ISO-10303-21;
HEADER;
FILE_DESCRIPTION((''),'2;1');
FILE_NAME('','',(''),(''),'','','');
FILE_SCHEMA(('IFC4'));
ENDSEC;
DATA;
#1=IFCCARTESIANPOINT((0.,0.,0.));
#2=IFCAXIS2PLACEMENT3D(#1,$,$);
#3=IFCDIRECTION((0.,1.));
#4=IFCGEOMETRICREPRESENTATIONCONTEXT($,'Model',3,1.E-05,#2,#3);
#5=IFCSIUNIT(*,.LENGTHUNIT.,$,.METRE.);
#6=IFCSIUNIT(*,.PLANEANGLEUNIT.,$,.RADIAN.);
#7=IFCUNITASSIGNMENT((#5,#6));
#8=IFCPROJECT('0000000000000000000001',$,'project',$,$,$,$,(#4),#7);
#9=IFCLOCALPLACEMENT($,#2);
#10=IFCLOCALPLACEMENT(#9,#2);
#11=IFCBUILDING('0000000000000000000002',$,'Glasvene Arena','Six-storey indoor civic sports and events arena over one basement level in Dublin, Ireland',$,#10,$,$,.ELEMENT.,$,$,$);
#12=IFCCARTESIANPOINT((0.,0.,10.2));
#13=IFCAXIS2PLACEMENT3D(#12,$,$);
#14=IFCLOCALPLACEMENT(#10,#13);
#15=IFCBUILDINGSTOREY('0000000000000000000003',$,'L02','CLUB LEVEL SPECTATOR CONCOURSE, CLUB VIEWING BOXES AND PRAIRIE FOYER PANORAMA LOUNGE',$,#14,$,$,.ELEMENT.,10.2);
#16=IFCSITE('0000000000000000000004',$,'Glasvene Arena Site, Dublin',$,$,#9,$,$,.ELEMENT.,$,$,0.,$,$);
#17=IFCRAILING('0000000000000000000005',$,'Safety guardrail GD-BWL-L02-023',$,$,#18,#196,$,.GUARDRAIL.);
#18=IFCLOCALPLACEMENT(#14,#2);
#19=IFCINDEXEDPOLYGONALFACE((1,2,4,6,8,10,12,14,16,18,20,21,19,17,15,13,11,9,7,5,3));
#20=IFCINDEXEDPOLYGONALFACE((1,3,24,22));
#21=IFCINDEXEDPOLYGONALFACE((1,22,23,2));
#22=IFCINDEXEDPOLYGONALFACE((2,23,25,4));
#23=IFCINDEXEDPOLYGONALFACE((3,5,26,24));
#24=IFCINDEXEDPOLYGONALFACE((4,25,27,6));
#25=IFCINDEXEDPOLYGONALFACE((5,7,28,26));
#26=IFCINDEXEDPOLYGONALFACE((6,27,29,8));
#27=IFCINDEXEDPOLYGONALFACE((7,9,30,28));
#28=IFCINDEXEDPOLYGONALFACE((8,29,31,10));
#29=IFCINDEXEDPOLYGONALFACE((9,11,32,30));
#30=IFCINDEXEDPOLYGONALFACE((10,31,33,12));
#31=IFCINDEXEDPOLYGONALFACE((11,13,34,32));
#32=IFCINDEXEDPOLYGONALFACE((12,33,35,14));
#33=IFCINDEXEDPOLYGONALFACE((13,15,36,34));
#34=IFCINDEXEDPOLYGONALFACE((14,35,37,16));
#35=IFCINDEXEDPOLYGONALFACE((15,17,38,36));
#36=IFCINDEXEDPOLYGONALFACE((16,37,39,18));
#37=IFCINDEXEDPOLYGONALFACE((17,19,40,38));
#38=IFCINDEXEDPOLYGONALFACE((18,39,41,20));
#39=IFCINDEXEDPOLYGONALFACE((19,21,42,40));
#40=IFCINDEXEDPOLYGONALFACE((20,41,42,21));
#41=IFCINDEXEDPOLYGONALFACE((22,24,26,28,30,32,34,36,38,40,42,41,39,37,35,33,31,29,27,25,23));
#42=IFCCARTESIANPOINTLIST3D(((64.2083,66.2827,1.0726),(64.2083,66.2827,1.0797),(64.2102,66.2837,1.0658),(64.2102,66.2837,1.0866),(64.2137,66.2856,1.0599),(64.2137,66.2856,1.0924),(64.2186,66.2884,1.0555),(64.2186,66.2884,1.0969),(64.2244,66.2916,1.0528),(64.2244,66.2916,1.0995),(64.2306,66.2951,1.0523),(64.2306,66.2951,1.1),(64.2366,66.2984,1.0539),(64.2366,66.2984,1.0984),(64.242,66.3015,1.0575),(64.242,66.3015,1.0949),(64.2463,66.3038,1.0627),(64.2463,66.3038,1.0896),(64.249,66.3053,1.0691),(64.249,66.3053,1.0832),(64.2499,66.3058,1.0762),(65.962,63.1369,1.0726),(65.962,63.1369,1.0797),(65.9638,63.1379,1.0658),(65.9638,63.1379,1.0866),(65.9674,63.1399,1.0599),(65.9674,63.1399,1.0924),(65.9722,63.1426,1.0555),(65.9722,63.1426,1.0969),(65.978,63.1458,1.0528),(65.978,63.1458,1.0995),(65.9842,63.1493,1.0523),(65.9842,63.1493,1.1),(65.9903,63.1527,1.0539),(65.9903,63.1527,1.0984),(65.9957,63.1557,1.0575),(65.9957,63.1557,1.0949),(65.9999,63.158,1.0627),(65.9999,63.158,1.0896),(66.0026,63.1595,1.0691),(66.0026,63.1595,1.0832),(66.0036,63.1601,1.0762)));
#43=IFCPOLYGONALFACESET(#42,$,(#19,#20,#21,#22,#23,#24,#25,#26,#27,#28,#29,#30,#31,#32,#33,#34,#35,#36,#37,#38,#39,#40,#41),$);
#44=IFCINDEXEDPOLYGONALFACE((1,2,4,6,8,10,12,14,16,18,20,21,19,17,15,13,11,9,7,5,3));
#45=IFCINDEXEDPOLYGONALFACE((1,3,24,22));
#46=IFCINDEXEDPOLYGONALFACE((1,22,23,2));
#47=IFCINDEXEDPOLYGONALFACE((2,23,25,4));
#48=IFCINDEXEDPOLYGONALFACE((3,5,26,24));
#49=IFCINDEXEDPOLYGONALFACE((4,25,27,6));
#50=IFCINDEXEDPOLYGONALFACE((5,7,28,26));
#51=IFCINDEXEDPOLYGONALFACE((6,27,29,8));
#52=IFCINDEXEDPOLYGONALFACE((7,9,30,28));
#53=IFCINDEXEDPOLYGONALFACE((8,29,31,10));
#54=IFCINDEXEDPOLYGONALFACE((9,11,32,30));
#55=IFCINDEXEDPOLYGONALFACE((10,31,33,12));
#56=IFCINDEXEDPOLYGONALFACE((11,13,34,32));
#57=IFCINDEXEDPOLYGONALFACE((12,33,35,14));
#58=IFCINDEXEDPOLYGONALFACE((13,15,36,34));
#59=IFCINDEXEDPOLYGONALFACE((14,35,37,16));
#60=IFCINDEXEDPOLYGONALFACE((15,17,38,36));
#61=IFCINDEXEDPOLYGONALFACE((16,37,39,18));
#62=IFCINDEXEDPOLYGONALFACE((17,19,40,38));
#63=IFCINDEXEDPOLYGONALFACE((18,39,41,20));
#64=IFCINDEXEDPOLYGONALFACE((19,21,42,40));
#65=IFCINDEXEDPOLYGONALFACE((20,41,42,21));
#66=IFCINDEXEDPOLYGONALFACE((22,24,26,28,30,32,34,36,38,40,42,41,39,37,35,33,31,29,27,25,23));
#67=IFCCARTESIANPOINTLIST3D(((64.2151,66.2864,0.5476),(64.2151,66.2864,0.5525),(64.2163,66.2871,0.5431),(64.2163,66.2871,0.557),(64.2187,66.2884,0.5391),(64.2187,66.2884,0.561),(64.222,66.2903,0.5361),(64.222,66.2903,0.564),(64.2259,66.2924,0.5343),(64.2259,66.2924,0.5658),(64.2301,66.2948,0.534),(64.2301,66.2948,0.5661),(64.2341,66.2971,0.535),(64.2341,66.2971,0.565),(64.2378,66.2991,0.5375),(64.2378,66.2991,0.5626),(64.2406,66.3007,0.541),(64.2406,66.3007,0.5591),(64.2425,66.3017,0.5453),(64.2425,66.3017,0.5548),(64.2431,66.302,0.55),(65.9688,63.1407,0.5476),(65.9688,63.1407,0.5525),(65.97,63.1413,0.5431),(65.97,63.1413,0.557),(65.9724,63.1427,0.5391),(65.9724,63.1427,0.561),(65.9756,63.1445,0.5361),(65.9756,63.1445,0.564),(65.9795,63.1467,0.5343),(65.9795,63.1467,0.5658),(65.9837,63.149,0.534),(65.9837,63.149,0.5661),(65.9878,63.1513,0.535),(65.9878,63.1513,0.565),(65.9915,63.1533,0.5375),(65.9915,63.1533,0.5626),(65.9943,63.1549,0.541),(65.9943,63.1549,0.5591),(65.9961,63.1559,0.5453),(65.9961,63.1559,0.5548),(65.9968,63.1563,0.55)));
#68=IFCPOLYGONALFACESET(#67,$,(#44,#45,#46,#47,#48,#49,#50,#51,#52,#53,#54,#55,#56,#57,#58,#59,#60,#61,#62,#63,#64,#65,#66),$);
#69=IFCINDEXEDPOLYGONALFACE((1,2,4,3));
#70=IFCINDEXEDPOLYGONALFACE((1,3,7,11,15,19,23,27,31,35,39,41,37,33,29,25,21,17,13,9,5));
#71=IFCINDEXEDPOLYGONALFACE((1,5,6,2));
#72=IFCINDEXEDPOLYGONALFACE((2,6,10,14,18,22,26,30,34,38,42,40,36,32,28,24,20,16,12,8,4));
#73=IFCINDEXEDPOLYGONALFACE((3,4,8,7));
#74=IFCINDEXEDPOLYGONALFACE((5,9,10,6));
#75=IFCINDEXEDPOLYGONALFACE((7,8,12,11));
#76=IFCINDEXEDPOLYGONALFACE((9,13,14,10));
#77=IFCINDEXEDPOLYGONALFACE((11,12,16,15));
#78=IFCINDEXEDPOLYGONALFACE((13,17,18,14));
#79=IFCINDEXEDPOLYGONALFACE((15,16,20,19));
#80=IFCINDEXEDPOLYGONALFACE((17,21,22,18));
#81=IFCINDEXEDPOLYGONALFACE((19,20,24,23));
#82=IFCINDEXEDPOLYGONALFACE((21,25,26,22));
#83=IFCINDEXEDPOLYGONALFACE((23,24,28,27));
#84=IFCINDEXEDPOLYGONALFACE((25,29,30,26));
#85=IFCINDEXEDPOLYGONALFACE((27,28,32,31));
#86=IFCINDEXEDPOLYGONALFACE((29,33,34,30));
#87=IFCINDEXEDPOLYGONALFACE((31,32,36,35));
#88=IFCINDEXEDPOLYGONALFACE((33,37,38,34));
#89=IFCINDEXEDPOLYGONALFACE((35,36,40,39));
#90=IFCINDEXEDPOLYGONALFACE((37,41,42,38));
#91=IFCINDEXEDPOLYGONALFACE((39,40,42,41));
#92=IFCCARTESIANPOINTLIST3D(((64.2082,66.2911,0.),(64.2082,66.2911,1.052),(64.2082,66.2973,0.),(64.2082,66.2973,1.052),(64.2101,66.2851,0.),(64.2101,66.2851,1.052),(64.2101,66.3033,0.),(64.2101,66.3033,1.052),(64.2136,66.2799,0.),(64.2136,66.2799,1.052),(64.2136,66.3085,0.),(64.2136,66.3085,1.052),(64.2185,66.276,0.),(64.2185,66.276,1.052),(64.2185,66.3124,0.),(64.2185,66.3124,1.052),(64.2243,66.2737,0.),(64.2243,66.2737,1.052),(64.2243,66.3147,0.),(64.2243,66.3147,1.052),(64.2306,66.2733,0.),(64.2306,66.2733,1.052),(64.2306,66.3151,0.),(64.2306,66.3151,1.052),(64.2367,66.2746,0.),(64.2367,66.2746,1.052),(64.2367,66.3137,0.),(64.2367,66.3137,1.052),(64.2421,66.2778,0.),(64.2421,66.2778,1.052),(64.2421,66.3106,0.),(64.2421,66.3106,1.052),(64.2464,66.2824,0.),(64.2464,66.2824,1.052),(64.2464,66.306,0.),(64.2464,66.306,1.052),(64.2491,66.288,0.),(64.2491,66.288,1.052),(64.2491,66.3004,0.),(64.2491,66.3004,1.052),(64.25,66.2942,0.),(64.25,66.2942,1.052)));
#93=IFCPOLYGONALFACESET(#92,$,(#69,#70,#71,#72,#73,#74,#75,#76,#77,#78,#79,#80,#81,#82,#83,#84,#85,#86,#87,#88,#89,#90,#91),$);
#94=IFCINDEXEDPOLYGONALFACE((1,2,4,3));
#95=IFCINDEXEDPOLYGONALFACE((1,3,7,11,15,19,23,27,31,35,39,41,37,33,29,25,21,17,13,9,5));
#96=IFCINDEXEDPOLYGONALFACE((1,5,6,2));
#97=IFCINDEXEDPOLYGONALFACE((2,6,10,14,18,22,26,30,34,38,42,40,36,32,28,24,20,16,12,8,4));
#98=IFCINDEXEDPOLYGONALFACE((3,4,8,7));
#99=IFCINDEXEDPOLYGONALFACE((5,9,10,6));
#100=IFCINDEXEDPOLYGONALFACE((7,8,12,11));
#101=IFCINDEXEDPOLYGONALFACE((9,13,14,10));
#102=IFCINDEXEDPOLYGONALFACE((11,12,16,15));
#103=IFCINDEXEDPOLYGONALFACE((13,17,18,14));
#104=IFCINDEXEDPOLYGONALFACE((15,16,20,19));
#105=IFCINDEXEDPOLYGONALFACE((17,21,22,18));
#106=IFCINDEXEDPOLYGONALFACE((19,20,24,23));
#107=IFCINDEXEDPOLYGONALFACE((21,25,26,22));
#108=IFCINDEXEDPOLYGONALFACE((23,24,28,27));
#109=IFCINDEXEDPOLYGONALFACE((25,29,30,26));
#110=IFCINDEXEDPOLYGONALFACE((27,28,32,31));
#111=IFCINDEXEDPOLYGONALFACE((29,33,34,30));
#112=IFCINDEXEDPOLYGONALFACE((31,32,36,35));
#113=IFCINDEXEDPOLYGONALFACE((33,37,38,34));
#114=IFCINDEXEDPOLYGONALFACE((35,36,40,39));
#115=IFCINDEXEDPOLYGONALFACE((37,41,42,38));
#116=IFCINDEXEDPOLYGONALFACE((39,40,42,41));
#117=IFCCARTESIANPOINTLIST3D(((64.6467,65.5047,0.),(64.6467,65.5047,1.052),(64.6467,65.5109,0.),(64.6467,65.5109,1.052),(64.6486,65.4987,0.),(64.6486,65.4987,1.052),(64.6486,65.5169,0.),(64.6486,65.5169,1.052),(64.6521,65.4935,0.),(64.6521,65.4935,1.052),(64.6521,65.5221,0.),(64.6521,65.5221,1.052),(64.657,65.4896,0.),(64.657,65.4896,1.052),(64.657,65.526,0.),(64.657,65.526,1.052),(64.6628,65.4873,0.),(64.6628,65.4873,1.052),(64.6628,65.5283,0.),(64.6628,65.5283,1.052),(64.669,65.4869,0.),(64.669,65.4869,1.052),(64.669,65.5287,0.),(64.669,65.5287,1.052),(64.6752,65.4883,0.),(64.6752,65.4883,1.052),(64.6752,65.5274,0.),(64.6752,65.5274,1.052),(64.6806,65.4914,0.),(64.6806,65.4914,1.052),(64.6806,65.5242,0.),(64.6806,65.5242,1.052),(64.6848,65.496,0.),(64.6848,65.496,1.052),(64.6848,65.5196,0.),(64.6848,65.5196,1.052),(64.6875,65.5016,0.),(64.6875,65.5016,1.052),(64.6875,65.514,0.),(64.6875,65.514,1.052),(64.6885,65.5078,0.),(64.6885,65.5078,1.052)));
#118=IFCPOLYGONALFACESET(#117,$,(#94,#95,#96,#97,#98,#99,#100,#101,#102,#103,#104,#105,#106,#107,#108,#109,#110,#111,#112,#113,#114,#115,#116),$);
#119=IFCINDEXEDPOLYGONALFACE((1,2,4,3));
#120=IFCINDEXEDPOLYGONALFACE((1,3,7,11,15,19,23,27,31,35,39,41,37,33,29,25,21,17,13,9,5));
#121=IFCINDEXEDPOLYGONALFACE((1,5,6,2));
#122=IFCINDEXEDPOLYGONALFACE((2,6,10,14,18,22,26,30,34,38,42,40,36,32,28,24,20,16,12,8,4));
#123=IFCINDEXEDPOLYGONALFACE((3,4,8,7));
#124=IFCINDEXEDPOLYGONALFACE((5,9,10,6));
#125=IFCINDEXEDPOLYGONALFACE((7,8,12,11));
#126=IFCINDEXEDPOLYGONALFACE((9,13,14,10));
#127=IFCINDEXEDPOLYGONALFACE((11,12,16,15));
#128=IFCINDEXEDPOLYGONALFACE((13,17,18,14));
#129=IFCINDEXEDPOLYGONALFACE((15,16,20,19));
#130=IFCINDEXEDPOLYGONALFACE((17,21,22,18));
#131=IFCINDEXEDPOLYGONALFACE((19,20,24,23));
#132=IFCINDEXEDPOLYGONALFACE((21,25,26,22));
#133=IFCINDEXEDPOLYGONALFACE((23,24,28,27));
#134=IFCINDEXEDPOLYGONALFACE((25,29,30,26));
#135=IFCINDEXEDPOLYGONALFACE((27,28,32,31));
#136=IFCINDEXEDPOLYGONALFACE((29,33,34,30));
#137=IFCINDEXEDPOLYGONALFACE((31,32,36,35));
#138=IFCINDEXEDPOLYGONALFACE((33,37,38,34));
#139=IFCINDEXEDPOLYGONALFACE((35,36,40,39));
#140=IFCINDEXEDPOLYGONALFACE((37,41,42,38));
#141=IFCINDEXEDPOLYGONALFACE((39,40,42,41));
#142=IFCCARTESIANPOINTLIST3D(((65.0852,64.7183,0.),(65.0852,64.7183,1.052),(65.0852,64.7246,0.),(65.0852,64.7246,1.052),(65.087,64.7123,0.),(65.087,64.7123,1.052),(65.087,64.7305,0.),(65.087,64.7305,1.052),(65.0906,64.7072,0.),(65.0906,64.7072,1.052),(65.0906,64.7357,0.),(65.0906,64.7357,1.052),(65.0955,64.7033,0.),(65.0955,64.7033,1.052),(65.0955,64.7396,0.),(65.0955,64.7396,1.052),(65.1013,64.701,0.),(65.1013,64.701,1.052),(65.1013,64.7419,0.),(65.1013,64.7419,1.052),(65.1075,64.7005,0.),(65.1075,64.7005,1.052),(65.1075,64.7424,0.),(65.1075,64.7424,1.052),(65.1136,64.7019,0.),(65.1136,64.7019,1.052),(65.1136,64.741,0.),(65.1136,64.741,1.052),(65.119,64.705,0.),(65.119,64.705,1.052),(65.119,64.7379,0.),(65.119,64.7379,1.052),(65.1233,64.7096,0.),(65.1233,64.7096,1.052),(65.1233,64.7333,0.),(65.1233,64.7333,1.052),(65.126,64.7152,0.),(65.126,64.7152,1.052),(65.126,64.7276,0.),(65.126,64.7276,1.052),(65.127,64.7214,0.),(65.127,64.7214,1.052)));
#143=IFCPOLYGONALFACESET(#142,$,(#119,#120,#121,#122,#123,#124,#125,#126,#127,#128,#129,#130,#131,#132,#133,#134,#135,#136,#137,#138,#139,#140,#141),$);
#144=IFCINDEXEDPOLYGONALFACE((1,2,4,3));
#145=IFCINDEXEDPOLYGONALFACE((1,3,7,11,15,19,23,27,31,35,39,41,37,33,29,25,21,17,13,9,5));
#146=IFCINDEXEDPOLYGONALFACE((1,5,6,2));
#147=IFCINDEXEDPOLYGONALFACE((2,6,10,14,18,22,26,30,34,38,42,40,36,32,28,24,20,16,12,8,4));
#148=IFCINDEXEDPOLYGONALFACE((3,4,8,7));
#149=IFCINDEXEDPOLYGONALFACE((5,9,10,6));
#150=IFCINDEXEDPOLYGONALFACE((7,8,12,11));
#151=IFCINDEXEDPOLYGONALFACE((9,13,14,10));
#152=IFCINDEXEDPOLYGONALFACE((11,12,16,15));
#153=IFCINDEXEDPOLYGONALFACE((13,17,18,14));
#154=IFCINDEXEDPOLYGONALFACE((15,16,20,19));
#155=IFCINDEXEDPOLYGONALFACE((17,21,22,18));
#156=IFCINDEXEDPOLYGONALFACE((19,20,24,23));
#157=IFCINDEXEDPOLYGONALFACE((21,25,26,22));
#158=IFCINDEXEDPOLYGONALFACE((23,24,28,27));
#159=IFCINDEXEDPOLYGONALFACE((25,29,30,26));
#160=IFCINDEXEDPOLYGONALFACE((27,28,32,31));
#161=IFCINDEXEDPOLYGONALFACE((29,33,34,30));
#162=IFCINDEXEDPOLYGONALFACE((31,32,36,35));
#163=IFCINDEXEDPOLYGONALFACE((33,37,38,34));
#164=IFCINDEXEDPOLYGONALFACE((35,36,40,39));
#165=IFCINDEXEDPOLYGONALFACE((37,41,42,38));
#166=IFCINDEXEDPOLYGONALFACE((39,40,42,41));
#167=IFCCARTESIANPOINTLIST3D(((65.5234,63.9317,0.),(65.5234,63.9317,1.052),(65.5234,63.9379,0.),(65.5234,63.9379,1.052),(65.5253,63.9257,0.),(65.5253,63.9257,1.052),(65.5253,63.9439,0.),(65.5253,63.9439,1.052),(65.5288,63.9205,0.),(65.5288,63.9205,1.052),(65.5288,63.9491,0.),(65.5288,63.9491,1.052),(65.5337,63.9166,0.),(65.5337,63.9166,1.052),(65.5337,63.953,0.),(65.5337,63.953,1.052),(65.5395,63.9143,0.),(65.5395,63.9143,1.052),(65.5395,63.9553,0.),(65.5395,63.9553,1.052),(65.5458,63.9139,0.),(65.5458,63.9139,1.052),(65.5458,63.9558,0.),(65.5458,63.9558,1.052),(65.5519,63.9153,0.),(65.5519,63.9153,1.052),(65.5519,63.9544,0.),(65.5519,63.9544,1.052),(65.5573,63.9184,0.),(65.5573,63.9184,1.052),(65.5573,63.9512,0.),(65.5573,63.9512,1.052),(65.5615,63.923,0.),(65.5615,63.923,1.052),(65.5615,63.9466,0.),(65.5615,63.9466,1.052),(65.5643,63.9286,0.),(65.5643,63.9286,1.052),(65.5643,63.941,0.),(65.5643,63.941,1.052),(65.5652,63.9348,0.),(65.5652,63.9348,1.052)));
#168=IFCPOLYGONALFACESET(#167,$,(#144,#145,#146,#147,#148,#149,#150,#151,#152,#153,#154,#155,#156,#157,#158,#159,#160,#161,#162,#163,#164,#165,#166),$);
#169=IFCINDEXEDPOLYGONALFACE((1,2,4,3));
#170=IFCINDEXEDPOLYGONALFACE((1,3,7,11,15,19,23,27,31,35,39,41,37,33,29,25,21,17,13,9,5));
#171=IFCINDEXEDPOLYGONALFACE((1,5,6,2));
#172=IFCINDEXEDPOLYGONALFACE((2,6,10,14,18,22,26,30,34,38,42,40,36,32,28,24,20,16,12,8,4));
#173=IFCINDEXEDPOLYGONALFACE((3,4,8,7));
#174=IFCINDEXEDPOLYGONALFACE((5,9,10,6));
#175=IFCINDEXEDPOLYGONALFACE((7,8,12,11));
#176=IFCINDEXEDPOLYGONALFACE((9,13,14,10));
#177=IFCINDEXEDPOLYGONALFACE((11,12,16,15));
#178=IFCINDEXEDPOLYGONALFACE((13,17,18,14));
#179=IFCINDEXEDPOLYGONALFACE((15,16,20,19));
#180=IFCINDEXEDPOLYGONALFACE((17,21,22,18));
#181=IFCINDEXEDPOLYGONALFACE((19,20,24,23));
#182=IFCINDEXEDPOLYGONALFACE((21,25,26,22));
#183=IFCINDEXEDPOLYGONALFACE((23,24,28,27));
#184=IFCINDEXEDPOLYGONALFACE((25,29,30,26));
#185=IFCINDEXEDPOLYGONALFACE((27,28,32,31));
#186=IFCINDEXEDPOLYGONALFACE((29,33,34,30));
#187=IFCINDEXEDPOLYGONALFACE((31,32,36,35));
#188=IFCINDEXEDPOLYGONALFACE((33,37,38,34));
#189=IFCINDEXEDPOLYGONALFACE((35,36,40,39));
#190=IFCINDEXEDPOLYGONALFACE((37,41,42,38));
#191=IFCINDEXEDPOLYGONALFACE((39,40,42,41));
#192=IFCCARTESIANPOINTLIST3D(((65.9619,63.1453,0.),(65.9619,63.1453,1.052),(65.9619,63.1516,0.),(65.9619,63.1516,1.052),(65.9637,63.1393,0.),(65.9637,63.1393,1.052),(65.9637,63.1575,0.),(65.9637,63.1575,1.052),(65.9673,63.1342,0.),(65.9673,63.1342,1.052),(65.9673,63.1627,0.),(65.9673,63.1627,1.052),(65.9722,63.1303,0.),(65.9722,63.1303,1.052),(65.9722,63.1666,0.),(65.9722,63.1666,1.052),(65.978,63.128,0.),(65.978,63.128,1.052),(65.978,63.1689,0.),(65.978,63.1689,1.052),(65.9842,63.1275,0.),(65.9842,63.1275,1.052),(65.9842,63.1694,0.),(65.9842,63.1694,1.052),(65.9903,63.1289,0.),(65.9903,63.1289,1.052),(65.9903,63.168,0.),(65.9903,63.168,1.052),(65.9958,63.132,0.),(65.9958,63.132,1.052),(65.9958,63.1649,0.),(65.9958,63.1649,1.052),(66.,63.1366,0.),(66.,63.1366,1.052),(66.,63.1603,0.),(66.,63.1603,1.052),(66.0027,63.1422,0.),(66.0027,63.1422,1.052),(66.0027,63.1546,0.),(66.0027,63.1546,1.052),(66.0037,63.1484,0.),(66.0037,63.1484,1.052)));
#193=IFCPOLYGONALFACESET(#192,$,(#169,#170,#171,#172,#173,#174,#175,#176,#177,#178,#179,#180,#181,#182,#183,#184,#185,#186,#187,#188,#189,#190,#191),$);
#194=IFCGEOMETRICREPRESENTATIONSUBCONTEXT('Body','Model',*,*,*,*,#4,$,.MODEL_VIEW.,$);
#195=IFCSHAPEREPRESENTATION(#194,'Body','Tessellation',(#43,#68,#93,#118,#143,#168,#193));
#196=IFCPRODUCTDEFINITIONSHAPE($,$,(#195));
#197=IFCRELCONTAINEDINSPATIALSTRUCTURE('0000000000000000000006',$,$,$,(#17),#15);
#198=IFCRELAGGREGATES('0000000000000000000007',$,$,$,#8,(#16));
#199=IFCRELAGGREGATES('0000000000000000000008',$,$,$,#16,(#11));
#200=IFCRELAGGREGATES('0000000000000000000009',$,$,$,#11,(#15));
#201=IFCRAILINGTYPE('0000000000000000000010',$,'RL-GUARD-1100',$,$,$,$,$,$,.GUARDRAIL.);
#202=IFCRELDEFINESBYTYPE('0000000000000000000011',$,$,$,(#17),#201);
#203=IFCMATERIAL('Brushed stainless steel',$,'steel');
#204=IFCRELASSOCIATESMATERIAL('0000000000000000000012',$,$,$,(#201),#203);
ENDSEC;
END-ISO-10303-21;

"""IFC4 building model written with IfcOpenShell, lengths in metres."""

from ifc_helpers import new_model, si_unit, direction, frame, origin, origin_2d, place, context, subcontext, project, spatial, circle, extrude, material, type_object, element, save


model = new_model("IFC4")

# Units and contexts
model_context = context("Model", 3, precision=1e-05, world=origin(), true_north=direction((0.0, 1.0)))
body_context = subcontext(model_context, "Body", "Model", "MODEL_VIEW")
ifc_project = project(units=[si_unit("LENGTHUNIT", "METRE"), si_unit("PLANEANGLEUNIT", "RADIAN")], contexts=[model_context])

# Site, building, storey
site_placement = place(None, origin())
site = spatial("IfcSite", under=ifc_project, at=site_placement, Name="Glasvene Arena Site, Dublin", CompositionType="ELEMENT", RefElevation=0.0)
building_placement = place(site_placement, origin())
building = spatial("IfcBuilding", under=site, at=building_placement, Name="Glasvene Arena", Description="Six-storey indoor civic sports and events arena over one basement level in Dublin, Ireland", CompositionType="ELEMENT")
storey_placement = place(building_placement, frame((0.0, 0.0, 10.2)))
storey = spatial("IfcBuildingStorey", under=building, at=storey_placement, Name="L02", Description="CLUB LEVEL SPECTATOR CONCOURSE, CLUB VIEWING BOXES AND PRAIRIE FOYER PANORAMA LOUNGE", CompositionType="ELEMENT", Elevation=10.2)

# Railing
ifc_material_1 = material(Name="Brushed stainless steel", Category="steel")
railing_type = type_object("IfcRailingType", Name="RL-GUARD-1100", PredefinedType="GUARDRAIL", material=ifc_material_1)
railing_1_placement = place(storey_placement, frame((64.229, 66.2942, 0.0)))
element("IfcRailing", 1, at=railing_1_placement, inside=storey, type_object=railing_type, Name="Safety guardrail GD-BWL-L02-023", PredefinedType="GUARDRAIL", context=body_context, shape_type="SweptSolid", body=[
    extrude(circle(Radius=0.0239, at=origin_2d()), frame((0.0, 0.0, 1.0762), z_axis=(0.48692, -0.873446, 0.0), x_axis=(0.873446, 0.48692, 0.0)), (0.0, 0.0, 1.0), 3.6016),
    extrude(circle(Radius=0.0161, at=origin_2d()), frame((0.0, 0.0, 0.55), z_axis=(0.48692, -0.873446, 0.0), x_axis=(0.873446, 0.48692, 0.0)), (0.0, 0.0, 1.0), 3.6016),
    extrude(circle(Radius=0.021, at=origin_2d()), origin(), (0.0, 0.0, 1.0), 1.052),
    extrude(circle(Radius=0.021, at=origin_2d()), frame((0.4385, -0.7864, 0.0)), (0.0, 0.0, 1.0), 1.052),
    extrude(circle(Radius=0.021, at=origin_2d()), frame((0.877, -1.5728, 0.0)), (0.0, 0.0, 1.0), 1.052),
    extrude(circle(Radius=0.021, at=origin_2d()), frame((1.3152, -2.3594, 0.0)), (0.0, 0.0, 1.0), 1.052),
    extrude(circle(Radius=0.021, at=origin_2d()), frame((1.7537, -3.1458, 0.0)), (0.0, 0.0, 1.0), 1.052),
])

save(model, "model.ifc")
